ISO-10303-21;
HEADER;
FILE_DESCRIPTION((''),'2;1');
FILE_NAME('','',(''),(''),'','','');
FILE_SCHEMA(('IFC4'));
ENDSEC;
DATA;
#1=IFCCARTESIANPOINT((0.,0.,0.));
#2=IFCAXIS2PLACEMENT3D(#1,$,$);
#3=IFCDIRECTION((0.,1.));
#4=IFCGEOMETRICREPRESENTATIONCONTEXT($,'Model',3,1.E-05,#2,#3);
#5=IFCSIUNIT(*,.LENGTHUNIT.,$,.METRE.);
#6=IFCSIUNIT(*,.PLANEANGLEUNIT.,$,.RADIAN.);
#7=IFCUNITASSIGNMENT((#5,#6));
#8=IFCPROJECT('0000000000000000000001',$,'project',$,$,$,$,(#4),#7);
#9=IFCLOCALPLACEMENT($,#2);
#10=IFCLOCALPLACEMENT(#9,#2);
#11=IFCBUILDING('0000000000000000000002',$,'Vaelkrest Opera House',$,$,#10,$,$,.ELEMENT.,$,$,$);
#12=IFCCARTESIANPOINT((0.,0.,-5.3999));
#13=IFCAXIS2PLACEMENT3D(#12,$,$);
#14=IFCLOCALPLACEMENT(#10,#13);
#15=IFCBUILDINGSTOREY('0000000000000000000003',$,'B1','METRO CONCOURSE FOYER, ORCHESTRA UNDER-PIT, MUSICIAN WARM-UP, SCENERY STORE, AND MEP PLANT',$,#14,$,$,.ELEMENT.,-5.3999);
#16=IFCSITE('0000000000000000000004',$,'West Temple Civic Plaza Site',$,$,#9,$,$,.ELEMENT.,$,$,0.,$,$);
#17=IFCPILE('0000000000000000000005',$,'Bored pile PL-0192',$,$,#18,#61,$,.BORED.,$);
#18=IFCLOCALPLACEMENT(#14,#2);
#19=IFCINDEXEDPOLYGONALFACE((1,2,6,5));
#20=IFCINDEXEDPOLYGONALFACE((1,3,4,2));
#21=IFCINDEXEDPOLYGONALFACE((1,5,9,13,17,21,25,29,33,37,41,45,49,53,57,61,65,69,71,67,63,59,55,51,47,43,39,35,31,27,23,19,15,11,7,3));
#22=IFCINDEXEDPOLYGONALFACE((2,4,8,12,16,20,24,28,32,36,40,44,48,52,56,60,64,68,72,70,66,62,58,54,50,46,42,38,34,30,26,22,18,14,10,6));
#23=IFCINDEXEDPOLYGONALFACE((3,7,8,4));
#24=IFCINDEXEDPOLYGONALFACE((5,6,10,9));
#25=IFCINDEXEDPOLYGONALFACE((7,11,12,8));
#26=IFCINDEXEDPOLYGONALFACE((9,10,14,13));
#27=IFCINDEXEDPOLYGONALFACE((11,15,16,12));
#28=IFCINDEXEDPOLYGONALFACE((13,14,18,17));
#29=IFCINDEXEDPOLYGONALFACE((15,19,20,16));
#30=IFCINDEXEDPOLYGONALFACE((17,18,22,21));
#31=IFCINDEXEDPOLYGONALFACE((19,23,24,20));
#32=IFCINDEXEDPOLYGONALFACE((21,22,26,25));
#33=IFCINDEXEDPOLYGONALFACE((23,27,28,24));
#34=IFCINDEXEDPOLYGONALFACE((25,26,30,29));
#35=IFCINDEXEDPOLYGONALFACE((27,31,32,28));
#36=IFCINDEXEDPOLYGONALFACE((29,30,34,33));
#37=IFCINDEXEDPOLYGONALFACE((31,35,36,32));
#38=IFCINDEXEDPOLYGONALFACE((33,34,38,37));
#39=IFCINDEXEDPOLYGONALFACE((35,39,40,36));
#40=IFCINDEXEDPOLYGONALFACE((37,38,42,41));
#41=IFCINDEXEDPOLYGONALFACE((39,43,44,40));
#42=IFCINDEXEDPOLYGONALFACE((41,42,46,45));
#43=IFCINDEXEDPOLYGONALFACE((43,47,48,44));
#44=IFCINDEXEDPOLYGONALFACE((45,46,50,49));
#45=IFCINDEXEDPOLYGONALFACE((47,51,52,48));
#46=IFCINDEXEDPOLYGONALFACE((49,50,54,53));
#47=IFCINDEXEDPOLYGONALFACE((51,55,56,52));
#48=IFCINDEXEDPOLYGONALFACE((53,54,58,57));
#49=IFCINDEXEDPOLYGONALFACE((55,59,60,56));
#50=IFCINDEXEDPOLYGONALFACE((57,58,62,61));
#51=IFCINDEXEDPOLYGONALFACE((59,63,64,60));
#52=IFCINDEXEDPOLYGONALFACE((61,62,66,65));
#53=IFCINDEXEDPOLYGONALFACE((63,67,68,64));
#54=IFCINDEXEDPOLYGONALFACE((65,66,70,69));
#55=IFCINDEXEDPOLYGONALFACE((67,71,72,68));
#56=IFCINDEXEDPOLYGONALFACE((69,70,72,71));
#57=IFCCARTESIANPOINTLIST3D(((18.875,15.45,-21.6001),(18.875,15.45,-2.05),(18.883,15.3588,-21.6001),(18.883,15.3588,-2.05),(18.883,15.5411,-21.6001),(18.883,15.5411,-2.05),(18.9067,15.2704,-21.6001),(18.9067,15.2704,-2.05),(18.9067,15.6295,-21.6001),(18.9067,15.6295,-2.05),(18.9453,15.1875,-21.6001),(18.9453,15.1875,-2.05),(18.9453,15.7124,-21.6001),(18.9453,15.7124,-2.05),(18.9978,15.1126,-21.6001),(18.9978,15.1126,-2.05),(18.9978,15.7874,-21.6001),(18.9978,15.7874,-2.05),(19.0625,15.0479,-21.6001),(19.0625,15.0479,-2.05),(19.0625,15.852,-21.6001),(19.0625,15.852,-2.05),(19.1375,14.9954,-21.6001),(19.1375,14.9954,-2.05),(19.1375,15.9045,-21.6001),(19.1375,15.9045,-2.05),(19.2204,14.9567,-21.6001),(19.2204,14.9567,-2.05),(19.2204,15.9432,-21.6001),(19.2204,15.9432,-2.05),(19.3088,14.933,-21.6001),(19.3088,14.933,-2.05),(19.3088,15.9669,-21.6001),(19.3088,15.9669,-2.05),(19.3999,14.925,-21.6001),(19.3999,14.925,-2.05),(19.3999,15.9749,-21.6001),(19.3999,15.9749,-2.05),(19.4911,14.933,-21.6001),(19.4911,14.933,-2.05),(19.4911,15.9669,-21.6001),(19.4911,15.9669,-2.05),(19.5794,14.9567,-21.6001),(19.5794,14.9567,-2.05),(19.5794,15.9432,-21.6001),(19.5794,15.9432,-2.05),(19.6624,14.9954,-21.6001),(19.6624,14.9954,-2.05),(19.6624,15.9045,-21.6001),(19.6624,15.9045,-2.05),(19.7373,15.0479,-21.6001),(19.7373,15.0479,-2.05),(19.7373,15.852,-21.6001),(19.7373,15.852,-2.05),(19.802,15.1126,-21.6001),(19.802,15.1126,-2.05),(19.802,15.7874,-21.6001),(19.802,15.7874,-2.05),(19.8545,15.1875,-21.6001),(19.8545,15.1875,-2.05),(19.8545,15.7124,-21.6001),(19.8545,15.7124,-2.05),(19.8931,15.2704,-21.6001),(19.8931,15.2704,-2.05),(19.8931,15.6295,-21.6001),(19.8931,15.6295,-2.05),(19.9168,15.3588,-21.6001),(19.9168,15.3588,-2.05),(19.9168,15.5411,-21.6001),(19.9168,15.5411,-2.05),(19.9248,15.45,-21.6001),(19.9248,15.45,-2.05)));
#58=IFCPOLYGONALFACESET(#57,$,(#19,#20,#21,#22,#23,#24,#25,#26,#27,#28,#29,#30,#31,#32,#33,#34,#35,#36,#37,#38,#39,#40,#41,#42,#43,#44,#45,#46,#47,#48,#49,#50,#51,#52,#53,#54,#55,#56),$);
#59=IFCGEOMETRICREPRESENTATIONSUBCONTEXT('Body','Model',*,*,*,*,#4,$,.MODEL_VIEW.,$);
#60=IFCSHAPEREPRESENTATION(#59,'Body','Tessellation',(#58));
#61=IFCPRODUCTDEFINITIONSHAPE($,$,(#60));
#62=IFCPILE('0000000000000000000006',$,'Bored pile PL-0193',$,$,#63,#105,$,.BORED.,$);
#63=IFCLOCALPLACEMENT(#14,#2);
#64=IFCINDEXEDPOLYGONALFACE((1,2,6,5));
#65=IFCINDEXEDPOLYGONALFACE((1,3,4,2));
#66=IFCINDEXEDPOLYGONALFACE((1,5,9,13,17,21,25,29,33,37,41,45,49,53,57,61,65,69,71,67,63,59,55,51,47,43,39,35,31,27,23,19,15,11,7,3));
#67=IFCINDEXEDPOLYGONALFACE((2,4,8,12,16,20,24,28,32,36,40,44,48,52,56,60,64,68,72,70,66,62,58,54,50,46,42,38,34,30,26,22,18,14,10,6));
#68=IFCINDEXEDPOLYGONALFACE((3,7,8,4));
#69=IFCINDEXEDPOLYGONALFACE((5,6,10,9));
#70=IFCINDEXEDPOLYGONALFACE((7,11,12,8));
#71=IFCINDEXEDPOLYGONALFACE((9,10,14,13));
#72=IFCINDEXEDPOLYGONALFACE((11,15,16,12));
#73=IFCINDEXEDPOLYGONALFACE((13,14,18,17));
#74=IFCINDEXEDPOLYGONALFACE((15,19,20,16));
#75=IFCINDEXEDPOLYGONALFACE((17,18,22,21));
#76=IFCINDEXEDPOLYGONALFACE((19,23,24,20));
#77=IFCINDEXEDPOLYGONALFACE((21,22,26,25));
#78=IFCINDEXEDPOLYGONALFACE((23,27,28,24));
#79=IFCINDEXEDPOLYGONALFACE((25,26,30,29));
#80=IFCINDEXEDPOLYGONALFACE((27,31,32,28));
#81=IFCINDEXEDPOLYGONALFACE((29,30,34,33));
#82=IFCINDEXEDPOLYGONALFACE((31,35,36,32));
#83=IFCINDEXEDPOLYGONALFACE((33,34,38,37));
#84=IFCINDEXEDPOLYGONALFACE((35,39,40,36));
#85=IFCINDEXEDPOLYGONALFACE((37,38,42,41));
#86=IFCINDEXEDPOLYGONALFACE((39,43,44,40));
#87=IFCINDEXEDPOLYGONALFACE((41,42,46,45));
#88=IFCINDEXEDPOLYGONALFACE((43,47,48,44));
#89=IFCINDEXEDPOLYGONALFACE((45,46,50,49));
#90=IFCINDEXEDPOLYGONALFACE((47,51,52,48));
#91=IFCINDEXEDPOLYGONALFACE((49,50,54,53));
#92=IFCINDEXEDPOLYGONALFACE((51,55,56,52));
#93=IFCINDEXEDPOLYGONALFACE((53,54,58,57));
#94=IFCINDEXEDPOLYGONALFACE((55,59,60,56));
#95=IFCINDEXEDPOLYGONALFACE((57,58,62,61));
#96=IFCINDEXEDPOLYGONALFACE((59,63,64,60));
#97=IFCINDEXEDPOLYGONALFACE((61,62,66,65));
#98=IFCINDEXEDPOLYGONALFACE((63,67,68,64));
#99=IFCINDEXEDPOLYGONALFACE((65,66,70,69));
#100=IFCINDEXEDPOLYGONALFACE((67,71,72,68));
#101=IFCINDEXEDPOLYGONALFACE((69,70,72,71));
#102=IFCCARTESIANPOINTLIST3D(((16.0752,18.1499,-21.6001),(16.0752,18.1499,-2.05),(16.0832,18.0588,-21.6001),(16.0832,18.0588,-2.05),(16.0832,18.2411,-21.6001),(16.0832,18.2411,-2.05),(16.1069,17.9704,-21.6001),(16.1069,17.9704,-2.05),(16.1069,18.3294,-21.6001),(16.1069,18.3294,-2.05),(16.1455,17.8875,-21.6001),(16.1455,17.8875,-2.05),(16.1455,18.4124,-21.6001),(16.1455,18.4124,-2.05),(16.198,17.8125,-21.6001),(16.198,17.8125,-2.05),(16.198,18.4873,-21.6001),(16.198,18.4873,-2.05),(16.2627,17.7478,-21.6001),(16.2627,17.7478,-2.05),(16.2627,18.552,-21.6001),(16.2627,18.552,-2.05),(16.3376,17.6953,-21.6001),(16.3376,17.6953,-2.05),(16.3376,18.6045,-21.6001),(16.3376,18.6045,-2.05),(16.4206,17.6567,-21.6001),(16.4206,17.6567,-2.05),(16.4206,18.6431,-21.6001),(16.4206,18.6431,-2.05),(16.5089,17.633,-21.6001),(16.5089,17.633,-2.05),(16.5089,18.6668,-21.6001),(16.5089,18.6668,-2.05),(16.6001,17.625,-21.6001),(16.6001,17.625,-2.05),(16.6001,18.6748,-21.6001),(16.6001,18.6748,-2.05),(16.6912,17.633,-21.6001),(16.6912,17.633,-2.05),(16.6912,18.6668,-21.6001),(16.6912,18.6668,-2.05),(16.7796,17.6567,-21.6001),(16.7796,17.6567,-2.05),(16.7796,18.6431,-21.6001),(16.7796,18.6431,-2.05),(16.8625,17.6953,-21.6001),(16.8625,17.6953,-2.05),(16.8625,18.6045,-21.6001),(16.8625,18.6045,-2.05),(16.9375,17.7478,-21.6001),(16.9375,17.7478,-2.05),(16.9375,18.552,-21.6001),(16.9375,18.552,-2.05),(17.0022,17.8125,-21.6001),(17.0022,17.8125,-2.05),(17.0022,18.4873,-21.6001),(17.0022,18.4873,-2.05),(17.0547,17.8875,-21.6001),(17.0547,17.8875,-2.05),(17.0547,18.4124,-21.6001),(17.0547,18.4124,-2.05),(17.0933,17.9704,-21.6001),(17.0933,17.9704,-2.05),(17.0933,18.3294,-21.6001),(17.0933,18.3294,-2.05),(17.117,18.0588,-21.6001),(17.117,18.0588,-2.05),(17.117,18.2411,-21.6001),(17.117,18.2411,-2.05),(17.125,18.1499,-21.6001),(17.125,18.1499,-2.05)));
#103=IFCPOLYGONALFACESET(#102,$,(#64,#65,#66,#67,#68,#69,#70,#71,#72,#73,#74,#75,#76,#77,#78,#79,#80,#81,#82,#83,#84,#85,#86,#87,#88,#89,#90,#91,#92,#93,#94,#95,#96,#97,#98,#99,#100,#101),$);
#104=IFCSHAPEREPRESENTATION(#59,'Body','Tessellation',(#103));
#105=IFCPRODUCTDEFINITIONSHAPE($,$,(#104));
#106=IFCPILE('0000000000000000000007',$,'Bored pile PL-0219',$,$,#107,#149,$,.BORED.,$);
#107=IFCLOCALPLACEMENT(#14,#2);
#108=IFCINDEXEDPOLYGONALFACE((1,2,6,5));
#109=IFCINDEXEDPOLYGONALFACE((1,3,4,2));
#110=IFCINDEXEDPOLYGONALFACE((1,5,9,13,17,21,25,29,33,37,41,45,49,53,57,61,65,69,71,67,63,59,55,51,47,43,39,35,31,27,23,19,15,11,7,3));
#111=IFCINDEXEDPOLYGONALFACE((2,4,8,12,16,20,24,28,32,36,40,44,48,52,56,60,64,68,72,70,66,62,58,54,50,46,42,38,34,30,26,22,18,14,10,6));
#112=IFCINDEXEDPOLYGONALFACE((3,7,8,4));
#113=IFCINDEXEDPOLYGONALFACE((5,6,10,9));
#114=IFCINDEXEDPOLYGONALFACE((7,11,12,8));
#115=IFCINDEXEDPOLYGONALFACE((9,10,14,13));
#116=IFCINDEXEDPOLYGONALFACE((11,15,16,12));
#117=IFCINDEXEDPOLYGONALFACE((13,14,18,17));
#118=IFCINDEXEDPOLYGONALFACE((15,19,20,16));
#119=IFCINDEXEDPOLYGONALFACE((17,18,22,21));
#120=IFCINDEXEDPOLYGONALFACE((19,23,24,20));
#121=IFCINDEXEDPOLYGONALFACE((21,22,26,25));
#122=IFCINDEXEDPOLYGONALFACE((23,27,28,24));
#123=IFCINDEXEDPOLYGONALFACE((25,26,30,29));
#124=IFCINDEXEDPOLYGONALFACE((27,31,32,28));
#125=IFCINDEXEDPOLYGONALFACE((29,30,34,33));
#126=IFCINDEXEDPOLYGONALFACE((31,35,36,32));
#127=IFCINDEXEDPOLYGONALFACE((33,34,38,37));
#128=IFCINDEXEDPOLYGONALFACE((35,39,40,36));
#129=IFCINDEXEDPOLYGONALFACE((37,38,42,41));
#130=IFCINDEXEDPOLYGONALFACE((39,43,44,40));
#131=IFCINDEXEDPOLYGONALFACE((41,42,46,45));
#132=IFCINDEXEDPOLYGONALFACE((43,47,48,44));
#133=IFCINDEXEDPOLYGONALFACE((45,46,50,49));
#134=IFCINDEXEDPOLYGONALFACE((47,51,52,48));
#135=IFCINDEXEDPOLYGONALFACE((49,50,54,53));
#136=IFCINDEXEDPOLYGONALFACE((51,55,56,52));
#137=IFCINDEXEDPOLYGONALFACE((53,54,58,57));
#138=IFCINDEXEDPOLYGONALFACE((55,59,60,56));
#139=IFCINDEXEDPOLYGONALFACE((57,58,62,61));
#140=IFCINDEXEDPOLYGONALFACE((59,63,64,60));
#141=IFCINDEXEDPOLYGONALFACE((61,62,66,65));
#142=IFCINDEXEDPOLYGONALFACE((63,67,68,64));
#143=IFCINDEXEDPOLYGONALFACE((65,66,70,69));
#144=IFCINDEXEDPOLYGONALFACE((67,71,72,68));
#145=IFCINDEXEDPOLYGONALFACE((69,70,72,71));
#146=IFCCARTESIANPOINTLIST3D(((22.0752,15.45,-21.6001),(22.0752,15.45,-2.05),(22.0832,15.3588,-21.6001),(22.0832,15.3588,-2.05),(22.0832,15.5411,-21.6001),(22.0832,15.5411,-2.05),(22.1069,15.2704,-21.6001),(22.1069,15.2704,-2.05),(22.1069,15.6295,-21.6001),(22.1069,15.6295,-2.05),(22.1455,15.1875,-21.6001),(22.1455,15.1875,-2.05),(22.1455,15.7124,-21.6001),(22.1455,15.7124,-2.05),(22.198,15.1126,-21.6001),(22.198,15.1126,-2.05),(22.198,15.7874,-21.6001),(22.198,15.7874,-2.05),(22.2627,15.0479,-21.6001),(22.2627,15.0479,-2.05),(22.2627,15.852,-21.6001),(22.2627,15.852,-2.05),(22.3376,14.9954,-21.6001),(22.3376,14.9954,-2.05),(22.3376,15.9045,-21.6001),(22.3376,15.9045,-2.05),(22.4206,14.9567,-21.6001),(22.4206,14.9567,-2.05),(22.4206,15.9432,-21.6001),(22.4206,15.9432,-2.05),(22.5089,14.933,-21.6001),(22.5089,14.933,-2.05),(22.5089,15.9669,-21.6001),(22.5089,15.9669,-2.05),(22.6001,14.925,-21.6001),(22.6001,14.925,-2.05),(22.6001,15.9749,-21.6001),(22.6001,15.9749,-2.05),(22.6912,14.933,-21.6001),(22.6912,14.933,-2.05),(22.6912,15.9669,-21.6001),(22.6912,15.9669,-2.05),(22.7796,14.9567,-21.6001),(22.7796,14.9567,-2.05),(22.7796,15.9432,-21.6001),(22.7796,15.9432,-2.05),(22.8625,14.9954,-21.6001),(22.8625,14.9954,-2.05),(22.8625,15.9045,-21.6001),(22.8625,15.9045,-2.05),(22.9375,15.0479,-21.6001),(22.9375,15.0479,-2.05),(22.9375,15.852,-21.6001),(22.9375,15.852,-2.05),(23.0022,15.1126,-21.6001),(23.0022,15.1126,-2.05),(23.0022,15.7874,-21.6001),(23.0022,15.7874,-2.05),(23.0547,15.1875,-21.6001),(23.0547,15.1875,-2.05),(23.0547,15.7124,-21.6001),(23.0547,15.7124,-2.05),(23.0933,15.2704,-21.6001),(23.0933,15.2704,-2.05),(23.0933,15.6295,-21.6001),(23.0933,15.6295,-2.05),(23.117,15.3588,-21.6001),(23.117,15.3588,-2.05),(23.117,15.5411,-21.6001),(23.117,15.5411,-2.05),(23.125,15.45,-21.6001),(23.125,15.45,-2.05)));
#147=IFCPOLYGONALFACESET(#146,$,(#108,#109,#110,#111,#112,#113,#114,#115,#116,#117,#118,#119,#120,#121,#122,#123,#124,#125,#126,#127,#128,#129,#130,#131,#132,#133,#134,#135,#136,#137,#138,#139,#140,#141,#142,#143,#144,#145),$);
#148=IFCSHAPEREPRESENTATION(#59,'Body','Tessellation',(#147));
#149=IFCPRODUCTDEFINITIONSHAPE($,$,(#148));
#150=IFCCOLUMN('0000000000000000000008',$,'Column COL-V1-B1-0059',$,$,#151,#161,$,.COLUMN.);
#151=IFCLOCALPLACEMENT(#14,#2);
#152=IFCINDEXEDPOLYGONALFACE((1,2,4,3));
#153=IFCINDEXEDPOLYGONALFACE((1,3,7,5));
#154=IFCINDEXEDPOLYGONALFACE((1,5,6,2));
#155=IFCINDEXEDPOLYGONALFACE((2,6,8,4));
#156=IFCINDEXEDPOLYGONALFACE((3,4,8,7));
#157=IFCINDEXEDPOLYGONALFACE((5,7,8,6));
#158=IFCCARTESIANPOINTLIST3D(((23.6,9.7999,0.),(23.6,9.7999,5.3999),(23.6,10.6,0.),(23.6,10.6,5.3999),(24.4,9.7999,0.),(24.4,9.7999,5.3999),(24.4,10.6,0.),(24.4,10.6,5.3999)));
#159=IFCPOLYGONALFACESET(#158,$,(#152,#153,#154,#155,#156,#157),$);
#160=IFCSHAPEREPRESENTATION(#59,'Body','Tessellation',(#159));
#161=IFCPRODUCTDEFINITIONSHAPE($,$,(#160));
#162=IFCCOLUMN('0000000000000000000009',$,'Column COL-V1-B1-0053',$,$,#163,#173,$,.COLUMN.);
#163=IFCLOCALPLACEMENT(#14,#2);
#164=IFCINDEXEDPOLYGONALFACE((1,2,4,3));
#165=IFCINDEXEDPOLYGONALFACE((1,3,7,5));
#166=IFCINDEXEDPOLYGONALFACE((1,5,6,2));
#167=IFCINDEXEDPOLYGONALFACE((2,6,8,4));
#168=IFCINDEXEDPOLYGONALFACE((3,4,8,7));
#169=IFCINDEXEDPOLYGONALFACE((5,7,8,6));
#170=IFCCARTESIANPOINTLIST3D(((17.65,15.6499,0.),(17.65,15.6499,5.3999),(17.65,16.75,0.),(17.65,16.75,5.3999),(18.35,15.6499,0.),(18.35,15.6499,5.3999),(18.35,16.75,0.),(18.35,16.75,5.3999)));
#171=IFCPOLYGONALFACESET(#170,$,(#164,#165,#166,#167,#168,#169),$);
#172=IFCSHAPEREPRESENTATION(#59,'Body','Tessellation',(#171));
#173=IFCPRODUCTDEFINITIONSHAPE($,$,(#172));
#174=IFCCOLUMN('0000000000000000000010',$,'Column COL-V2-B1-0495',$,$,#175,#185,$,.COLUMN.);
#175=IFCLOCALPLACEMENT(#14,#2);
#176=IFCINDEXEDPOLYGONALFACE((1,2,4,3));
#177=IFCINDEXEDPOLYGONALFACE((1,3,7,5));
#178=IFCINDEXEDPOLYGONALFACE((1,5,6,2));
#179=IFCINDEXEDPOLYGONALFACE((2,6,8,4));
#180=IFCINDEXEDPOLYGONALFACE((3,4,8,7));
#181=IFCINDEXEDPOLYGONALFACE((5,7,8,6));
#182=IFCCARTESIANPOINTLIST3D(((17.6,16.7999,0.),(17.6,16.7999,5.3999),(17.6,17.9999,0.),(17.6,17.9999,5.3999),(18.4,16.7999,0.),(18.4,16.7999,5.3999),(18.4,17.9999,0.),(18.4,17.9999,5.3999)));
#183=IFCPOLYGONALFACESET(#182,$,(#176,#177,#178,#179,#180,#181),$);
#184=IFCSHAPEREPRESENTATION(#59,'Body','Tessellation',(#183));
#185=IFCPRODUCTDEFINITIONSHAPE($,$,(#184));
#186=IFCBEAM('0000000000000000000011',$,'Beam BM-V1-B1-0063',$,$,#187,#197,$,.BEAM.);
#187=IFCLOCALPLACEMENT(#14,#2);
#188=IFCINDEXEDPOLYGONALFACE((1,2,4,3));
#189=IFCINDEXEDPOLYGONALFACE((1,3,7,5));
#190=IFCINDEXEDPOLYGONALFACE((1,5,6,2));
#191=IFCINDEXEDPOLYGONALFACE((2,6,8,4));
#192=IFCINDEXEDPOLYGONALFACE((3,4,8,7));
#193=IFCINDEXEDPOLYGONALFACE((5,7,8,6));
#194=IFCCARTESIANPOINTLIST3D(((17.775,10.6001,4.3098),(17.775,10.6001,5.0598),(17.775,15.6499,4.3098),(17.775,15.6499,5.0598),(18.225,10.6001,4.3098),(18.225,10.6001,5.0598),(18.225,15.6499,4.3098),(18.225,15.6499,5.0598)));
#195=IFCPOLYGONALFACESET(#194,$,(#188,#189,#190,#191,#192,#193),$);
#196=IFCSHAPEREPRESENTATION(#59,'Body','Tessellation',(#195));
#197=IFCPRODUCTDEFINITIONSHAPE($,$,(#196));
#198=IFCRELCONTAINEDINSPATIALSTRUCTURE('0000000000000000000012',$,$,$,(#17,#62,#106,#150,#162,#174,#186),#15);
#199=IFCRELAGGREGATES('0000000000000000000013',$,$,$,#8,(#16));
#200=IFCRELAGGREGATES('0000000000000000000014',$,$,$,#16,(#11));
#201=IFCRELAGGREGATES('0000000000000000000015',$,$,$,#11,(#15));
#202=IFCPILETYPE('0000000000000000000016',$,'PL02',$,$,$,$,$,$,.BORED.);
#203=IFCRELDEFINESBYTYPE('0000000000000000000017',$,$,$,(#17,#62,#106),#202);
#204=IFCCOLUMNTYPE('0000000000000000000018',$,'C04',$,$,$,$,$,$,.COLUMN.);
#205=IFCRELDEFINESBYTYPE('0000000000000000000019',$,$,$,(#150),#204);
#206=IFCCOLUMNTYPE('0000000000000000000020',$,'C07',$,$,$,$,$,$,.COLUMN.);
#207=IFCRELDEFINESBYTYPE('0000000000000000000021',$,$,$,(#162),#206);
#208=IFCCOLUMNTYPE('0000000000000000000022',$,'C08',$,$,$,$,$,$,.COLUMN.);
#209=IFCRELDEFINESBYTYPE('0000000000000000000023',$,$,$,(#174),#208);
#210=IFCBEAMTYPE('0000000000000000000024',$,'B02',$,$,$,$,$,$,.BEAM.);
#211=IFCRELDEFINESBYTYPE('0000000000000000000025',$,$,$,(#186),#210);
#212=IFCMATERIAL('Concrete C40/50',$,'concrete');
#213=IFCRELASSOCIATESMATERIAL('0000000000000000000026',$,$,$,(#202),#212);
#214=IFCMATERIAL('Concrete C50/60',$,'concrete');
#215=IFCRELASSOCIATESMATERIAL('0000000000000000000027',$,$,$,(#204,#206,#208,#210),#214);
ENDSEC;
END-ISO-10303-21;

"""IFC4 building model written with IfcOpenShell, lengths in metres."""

from ifc_helpers import new_model, si_unit, direction, frame, origin, origin_2d, place, context, subcontext, project, spatial, rectangle, circle, extrude, material, material_profile, profile_set, type_object, element, save


model = new_model("IFC4")

# Units and contexts
model_context = context("Model", 3, precision=1e-05, world=origin(), true_north=direction((0.0, 1.0)))
body_context = subcontext(model_context, "Body", "Model", "MODEL_VIEW")
ifc_project = project(units=[si_unit("LENGTHUNIT", "METRE"), si_unit("PLANEANGLEUNIT", "RADIAN")], contexts=[model_context])

# Site, building, storey
site_placement = place(None, origin())
site = spatial("IfcSite", under=ifc_project, at=site_placement, Name="West Temple Civic Plaza Site", CompositionType="ELEMENT", RefElevation=0.0)
building_placement = place(site_placement, origin())
building = spatial("IfcBuilding", under=site, at=building_placement, Name="Vaelkrest Opera House", CompositionType="ELEMENT")
storey_placement = place(building_placement, frame((0.0, 0.0, -5.3999)))
storey = spatial("IfcBuildingStorey", under=building, at=storey_placement, Name="B1", Description="METRO CONCOURSE FOYER, ORCHESTRA UNDER-PIT, MUSICIAN WARM-UP, SCENERY STORE, AND MEP PLANT", CompositionType="ELEMENT", Elevation=-5.3999)

# Shared definitions
ifc_material_1 = material(Name="Concrete C40/50", Category="concrete")

# Piles
ifc_material_profile_1 = material_profile(ifc_material_1, circle(Radius=0.5249, at=origin_2d()), Name="PILE1050")
ifc_profile_set_1 = profile_set([ifc_material_profile_1], Name="Concrete C40/50")
pile_type_1 = type_object("IfcPileType", Name="PL02", PredefinedType="BORED", material=ifc_profile_set_1)
for number, where, z_axis, x_axis, name in (
    (1, (19.3999, 15.45, -2.05), (0.0, 0.0, -1.0), (1.0, 0.0, 0.0), "Bored pile PL-0192"),
    (2, (16.6001, 18.1499, -2.05), (0.0, 0.0, -1.0), (1.0, 0.0, 0.0), "Bored pile PL-0193"),
    (3, (22.6001, 15.45, -2.05), (0.0, 0.0, -1.0), (1.0, 0.0, 0.0), "Bored pile PL-0219"),
):
    element("IfcPile", number, at=place(storey_placement, frame(where, z_axis=z_axis, x_axis=x_axis)), inside=storey, type_object=pile_type_1, Name=name, PredefinedType="BORED", context=body_context, shape_type="SweptSolid", body=[
        extrude(circle(Radius=0.5249, at=origin_2d()), origin(), (0.0, 0.0, 1.0), 19.55),
    ])

# Columns
ifc_material_2 = material(Name="Concrete C50/60", Category="concrete")
ifc_material_profile_2 = material_profile(ifc_material_2, rectangle(XDim=0.8, YDim=0.8, at=origin_2d()), Name="RC800X800")
ifc_profile_set_2 = profile_set([ifc_material_profile_2], Name="Concrete C50/60")
column_type_1 = type_object("IfcColumnType", Name="C04", PredefinedType="COLUMN", material=ifc_profile_set_2)
column_1_placement = place(storey_placement, frame((24.0, 10.2, 0.0), z_axis=(0.0, 0.0, 1.0), x_axis=(1.0, 0.0, 0.0)))
element("IfcColumn", 4, at=column_1_placement, inside=storey, type_object=column_type_1, Name="Column COL-V1-B1-0059", PredefinedType="COLUMN", context=body_context, shape_type="SweptSolid", body=[
    extrude(rectangle(XDim=0.8, YDim=0.8, at=origin_2d()), origin(), (0.0, 0.0, 1.0), 5.3999),
])
ifc_material_profile_3 = material_profile(ifc_material_2, rectangle(XDim=0.7, YDim=1.1001, at=origin_2d()), Name="RC700X1100")
ifc_profile_set_3 = profile_set([ifc_material_profile_3], Name="Concrete C50/60")
column_type_2 = type_object("IfcColumnType", Name="C07", PredefinedType="COLUMN", material=ifc_profile_set_3)
column_2_placement = place(storey_placement, frame((18.0, 16.2, 0.0), z_axis=(0.0, 0.0, 1.0), x_axis=(1.0, 0.0, 0.0)))
element("IfcColumn", 5, at=column_2_placement, inside=storey, type_object=column_type_2, Name="Column COL-V1-B1-0053", PredefinedType="COLUMN", context=body_context, shape_type="SweptSolid", body=[
    extrude(rectangle(XDim=0.7, YDim=1.1001, at=origin_2d()), origin(), (0.0, 0.0, 1.0), 5.3999),
])
ifc_material_profile_4 = material_profile(ifc_material_2, rectangle(XDim=0.8, YDim=1.2, at=origin_2d()), Name="RC800X1200")
ifc_profile_set_4 = profile_set([ifc_material_profile_4], Name="Concrete C50/60")
column_type_3 = type_object("IfcColumnType", Name="C08", PredefinedType="COLUMN", material=ifc_profile_set_4)
column_3_placement = place(storey_placement, frame((18.0, 17.3999, 0.0), z_axis=(0.0, 0.0, 1.0), x_axis=(1.0, 0.0, 0.0)))
element("IfcColumn", 6, at=column_3_placement, inside=storey, type_object=column_type_3, Name="Column COL-V2-B1-0495", PredefinedType="COLUMN", context=body_context, shape_type="SweptSolid", body=[
    extrude(rectangle(XDim=0.8, YDim=1.2, at=origin_2d()), origin(), (0.0, 0.0, 1.0), 5.3999),
])

# Beam
ifc_material_profile_5 = material_profile(ifc_material_2, rectangle(XDim=0.45, YDim=0.75, at=origin_2d()), Name="RCB450X750")
ifc_profile_set_5 = profile_set([ifc_material_profile_5], Name="Concrete C50/60")
beam_type_1 = type_object("IfcBeamType", Name="B02", PredefinedType="BEAM", material=ifc_profile_set_5)
beam_1_placement = place(storey_placement, frame((18.0, 10.6001, 4.6848), z_axis=(0.0, 1.0, 0.0), x_axis=(-1.0, 0.0, 0.0)))
element("IfcBeam", 7, at=beam_1_placement, inside=storey, type_object=beam_type_1, Name="Beam BM-V1-B1-0063", PredefinedType="BEAM", context=body_context, shape_type="SweptSolid", body=[
    extrude(rectangle(XDim=0.45, YDim=0.75, at=origin_2d()), origin(), (0.0, 0.0, 1.0), 5.0498),
])

save(model, "model.ifc")
